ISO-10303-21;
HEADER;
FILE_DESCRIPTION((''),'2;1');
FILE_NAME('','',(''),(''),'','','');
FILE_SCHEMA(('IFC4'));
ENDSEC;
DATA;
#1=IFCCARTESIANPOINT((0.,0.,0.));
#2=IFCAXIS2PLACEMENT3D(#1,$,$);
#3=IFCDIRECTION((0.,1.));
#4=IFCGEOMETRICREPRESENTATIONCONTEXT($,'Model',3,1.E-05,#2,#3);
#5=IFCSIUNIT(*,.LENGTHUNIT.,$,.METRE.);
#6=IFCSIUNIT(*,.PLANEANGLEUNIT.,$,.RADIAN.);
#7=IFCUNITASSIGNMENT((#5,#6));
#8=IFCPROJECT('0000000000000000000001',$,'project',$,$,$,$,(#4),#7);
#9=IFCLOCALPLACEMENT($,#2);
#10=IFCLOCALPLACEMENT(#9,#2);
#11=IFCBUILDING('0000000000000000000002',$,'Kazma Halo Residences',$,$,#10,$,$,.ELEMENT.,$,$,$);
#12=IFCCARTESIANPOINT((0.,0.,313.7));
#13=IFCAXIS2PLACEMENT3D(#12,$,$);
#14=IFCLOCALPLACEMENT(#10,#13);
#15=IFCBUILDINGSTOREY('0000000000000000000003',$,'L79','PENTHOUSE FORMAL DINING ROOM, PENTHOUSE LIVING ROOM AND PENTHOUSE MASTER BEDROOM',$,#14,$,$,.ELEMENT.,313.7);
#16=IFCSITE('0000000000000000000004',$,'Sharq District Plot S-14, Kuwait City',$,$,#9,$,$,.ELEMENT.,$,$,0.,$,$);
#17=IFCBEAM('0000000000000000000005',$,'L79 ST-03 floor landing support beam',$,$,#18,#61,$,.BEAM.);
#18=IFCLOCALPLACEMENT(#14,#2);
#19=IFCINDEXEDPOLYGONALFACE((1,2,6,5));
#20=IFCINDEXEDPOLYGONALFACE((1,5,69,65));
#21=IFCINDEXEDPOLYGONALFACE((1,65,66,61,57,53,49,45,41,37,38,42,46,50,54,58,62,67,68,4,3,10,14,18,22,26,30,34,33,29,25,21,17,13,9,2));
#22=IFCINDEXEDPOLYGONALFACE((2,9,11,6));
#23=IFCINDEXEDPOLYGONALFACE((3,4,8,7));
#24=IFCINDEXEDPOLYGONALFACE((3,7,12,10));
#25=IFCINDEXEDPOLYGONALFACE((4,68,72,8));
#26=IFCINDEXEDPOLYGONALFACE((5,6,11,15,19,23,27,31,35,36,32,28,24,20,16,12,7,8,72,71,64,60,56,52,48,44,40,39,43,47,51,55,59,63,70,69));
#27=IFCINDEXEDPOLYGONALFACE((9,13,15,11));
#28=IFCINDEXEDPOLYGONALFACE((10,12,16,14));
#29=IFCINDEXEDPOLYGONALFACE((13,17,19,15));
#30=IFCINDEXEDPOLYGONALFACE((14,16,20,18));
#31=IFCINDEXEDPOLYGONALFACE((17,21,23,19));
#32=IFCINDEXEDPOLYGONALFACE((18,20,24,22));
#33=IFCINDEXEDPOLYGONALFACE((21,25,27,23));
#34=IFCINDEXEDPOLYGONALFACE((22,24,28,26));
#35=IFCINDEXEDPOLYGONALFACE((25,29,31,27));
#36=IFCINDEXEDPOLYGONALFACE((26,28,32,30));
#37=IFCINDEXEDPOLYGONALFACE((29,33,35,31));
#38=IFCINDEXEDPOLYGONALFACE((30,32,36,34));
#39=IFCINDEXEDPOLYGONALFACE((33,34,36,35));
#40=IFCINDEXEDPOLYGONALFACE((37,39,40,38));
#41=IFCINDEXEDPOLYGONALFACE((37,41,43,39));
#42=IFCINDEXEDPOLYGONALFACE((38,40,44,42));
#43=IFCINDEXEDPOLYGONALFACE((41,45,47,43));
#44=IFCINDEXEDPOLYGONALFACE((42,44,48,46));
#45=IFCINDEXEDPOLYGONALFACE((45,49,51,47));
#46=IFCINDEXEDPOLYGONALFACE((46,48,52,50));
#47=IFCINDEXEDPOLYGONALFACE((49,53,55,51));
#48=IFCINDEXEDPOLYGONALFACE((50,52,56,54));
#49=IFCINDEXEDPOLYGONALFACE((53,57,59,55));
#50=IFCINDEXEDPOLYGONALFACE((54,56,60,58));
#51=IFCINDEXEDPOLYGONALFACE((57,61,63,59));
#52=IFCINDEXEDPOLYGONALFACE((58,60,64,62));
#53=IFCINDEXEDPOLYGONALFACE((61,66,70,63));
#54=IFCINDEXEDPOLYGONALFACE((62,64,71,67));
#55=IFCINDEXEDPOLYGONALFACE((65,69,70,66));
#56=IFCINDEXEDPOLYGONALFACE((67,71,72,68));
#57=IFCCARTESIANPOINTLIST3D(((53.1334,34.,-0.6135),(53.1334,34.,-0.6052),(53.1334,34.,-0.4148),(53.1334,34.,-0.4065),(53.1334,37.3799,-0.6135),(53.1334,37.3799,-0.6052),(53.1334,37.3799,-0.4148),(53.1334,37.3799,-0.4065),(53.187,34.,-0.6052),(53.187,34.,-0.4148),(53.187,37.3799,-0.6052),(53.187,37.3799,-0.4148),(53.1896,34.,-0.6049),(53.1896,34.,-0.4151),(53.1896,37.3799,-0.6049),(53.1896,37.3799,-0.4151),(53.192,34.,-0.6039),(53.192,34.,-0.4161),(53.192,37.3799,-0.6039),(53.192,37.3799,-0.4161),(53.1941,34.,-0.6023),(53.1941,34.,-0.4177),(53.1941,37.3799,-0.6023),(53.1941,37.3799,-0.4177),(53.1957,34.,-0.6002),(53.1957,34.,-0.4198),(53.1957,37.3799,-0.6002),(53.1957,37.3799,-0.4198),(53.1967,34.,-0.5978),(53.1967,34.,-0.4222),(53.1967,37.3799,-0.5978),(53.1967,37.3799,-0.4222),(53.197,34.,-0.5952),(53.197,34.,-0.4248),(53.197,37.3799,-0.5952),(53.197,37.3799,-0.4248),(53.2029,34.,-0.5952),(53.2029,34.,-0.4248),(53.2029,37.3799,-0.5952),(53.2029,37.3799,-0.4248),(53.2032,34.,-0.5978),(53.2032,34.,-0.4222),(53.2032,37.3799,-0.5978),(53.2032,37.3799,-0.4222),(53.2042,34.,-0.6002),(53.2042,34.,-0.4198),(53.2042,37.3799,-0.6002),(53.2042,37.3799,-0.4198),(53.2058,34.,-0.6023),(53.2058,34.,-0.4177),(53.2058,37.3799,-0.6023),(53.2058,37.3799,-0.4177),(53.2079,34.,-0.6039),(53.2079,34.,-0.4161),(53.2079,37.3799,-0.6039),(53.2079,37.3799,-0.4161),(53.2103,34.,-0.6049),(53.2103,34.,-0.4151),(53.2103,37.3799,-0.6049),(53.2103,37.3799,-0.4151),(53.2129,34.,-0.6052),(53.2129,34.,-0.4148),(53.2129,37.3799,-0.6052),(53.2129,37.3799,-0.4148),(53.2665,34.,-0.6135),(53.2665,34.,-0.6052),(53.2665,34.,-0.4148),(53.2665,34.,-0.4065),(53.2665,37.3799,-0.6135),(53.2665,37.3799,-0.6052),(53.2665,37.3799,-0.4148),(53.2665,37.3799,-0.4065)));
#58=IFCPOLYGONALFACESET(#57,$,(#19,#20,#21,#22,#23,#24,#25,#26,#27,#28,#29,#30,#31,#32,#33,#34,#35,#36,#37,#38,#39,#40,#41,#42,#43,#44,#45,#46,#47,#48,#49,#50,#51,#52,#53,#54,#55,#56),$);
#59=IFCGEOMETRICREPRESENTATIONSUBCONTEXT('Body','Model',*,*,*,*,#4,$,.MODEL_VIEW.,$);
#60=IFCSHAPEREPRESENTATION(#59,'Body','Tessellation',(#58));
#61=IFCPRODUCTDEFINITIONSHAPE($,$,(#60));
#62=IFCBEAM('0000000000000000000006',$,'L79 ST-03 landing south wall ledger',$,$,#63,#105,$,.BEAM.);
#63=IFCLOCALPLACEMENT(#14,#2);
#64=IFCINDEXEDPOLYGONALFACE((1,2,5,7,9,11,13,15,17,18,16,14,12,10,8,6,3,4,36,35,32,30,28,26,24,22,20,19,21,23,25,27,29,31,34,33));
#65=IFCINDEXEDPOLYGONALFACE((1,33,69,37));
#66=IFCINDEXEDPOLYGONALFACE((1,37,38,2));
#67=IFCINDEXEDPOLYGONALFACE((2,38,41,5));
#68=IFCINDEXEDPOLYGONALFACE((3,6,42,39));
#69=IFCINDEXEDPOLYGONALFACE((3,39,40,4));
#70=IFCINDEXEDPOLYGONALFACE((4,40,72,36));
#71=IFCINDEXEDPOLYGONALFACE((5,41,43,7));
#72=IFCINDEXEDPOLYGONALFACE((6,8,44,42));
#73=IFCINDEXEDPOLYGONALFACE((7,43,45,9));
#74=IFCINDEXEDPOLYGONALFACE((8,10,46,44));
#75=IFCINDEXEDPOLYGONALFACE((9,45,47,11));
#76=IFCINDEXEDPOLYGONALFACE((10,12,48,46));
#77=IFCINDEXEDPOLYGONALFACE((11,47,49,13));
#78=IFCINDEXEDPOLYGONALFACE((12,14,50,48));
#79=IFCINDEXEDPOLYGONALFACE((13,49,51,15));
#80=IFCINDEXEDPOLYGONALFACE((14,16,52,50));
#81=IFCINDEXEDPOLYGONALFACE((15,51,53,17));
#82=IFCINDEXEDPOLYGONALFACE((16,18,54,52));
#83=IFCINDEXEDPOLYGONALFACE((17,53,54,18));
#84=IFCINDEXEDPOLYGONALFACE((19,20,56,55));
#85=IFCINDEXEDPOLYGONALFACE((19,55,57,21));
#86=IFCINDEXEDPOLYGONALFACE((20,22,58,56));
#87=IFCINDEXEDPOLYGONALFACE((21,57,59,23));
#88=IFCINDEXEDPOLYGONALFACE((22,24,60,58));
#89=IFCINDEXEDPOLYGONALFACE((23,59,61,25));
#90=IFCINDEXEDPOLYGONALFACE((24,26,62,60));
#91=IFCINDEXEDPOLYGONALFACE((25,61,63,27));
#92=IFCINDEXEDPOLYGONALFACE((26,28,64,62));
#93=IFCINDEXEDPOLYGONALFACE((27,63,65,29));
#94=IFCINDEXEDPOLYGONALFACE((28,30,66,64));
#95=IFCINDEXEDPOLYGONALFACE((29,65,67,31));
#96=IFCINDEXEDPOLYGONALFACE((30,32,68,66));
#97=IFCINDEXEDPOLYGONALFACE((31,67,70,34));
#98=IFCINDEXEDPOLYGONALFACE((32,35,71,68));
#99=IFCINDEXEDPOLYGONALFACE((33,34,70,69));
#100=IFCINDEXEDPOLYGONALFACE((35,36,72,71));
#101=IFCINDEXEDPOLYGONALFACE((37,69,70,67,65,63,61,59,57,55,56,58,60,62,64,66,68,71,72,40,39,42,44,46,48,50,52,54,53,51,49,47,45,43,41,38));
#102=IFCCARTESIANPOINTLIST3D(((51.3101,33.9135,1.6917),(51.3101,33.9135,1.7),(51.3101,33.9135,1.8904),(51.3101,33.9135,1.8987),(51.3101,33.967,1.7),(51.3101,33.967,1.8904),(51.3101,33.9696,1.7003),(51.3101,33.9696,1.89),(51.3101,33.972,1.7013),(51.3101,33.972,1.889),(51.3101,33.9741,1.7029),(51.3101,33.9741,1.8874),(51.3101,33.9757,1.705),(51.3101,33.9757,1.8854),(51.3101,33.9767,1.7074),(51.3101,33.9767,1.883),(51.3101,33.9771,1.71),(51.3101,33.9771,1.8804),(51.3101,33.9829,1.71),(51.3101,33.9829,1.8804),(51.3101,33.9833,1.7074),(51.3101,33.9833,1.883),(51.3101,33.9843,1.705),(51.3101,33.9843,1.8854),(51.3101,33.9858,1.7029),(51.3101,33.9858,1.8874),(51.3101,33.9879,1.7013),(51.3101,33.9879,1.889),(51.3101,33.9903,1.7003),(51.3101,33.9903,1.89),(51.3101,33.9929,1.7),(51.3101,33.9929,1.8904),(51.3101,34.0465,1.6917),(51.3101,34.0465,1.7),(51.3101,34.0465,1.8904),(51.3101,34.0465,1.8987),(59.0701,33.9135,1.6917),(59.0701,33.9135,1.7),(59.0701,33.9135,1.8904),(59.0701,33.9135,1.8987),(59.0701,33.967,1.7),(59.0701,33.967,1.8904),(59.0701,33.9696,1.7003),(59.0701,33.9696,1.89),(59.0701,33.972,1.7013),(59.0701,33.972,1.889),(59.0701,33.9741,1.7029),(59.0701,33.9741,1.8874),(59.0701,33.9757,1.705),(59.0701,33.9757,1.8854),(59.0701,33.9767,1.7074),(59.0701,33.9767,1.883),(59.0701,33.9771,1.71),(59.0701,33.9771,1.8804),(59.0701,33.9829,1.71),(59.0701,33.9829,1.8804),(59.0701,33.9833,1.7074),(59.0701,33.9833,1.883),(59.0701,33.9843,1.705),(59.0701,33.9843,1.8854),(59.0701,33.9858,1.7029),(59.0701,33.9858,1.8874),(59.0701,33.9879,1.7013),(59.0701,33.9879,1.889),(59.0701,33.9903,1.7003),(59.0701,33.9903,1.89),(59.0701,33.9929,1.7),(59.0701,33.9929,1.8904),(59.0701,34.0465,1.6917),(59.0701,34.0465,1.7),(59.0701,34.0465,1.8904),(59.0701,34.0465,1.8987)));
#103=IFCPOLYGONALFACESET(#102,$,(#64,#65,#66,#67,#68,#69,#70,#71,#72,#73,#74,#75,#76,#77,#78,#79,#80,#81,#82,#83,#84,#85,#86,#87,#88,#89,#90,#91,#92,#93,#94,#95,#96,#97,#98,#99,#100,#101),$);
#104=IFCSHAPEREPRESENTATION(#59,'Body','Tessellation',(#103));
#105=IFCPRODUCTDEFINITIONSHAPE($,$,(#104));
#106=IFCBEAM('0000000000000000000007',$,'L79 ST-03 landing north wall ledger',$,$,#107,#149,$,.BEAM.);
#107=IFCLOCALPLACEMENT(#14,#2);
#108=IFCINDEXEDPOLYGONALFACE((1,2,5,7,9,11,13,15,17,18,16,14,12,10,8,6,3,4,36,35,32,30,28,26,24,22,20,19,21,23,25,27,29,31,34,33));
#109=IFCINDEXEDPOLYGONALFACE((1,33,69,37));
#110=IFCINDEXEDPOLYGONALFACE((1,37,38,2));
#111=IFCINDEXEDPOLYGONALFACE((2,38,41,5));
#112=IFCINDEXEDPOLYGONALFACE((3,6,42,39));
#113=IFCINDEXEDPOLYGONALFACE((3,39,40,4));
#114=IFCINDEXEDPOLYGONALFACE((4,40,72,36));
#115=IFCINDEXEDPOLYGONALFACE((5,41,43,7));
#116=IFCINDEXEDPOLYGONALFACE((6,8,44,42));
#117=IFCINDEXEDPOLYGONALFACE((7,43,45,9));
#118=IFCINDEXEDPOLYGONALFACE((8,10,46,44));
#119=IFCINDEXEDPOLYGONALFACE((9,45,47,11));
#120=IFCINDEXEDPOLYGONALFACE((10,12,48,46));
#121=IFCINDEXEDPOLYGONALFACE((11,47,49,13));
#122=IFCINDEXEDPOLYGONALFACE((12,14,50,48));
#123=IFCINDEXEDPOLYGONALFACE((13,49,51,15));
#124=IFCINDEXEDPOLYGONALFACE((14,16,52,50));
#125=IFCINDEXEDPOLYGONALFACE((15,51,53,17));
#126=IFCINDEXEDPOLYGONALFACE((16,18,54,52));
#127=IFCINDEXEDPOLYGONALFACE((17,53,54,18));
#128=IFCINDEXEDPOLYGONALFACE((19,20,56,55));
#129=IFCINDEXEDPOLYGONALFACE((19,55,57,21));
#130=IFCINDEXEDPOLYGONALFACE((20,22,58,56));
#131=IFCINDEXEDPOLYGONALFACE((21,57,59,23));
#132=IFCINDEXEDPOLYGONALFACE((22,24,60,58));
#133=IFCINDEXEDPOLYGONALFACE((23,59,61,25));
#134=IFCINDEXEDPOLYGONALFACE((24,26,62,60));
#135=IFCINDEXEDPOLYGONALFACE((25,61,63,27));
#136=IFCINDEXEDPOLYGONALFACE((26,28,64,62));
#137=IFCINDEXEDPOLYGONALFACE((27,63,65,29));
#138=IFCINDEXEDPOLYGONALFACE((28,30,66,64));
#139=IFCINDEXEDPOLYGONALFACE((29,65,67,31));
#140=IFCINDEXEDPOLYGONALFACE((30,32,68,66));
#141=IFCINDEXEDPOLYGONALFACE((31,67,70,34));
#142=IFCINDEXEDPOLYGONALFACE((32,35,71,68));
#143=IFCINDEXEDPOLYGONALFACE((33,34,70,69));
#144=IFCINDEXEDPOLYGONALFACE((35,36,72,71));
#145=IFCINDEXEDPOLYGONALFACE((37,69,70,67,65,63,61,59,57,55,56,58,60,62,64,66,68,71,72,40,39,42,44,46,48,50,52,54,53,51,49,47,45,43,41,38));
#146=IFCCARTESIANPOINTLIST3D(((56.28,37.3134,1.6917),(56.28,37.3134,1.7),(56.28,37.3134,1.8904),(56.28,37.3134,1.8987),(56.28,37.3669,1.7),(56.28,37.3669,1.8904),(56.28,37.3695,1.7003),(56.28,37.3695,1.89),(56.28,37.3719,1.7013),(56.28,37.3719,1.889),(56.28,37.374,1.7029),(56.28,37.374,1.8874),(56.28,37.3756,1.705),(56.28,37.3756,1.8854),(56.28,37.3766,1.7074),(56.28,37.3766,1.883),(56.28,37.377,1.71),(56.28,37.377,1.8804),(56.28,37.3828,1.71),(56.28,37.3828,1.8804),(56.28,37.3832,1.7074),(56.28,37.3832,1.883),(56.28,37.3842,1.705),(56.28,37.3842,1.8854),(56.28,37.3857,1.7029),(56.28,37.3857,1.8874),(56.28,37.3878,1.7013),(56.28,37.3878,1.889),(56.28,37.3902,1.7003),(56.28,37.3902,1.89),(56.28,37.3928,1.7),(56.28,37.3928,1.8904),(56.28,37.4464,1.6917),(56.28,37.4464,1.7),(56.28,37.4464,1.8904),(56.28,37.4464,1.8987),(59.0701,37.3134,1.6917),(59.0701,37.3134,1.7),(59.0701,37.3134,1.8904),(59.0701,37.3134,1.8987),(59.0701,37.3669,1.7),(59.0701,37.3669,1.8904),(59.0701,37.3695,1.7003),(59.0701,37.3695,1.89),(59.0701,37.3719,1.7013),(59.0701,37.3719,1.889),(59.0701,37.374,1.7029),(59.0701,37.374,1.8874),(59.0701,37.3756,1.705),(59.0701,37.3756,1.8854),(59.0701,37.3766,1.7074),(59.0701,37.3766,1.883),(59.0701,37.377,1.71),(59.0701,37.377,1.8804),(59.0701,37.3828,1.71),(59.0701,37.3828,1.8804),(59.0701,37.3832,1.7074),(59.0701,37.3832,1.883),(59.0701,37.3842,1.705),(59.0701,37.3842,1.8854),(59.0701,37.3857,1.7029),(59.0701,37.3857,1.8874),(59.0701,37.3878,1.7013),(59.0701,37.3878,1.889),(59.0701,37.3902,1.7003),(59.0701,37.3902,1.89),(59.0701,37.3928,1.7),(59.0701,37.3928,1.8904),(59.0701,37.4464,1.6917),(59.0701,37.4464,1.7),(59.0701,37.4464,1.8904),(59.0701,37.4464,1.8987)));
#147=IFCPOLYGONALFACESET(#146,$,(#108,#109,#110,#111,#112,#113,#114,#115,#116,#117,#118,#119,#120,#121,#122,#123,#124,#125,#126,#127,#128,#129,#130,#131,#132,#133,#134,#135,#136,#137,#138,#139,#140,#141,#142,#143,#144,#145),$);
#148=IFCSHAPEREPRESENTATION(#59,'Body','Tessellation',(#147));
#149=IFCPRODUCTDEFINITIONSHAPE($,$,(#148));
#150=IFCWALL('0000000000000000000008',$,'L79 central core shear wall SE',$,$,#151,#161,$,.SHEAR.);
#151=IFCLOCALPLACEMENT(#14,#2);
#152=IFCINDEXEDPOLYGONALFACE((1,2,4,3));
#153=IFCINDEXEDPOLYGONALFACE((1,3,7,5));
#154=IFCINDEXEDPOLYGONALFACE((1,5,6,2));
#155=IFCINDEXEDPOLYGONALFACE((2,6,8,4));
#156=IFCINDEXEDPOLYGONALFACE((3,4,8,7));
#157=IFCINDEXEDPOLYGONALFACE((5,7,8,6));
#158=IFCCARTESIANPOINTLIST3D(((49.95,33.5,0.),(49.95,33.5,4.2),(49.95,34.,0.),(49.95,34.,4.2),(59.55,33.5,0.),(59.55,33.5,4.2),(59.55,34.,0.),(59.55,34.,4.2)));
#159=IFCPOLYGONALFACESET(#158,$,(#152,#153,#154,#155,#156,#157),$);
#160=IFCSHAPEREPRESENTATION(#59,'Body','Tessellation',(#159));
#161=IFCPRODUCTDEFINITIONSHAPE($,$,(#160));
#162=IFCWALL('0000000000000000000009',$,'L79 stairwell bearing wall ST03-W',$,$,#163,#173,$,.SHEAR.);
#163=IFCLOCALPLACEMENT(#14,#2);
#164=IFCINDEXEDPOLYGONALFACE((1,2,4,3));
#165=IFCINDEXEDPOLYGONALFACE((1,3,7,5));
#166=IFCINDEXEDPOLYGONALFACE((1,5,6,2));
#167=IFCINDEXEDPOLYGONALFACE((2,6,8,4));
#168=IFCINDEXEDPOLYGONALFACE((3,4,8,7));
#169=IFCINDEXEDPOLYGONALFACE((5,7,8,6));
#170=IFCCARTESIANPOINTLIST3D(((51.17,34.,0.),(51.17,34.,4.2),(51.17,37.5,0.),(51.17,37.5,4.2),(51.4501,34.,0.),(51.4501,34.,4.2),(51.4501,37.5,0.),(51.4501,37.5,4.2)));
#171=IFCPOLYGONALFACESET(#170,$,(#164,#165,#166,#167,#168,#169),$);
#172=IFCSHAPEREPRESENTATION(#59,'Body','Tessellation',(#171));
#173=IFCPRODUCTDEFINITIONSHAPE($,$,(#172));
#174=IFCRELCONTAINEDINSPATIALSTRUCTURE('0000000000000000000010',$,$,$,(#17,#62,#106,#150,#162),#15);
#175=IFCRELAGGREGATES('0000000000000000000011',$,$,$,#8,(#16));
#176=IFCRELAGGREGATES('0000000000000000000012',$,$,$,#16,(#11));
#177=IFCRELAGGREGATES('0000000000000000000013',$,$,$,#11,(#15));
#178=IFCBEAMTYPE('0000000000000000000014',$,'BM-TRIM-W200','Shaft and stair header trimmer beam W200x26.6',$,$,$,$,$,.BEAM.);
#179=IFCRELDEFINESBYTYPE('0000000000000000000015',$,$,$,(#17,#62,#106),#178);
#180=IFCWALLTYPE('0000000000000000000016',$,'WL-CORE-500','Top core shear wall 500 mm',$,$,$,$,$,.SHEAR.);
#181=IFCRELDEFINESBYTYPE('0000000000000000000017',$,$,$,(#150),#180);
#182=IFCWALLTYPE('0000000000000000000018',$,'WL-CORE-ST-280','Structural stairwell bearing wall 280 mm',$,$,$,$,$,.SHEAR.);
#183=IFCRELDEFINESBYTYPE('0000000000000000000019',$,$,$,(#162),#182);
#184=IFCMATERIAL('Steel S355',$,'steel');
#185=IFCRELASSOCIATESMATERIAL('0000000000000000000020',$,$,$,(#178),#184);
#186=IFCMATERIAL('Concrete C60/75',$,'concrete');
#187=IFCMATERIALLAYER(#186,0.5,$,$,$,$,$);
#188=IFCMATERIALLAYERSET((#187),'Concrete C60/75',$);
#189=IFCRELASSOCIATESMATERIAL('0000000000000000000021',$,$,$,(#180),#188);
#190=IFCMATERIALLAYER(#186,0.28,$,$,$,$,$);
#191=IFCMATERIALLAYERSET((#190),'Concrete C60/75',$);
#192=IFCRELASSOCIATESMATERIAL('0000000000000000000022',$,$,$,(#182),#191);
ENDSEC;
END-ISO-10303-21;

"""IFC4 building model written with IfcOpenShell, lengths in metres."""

from ifc_helpers import new_model, si_unit, direction, frame, frame_2d, origin, origin_2d, place, context, subcontext, project, spatial, rectangle, i_section, extrude, material, layer, layer_set, material_profile, profile_set, type_object, element, save


model = new_model("IFC4")

# Units and contexts
model_context = context("Model", 3, precision=1e-05, world=origin(), true_north=direction((0.0, 1.0)))
body_context = subcontext(model_context, "Body", "Model", "MODEL_VIEW")
ifc_project = project(units=[si_unit("LENGTHUNIT", "METRE"), si_unit("PLANEANGLEUNIT", "RADIAN")], contexts=[model_context])

# Site, building, storey
site_placement = place(None, origin())
site = spatial("IfcSite", under=ifc_project, at=site_placement, Name="Sharq District Plot S-14, Kuwait City", CompositionType="ELEMENT", RefElevation=0.0)
building_placement = place(site_placement, origin())
building = spatial("IfcBuilding", under=site, at=building_placement, Name="Kazma Halo Residences", CompositionType="ELEMENT")
storey_placement = place(building_placement, frame((0.0, 0.0, 313.7)))
storey = spatial("IfcBuildingStorey", under=building, at=storey_placement, Name="L79", Description="PENTHOUSE FORMAL DINING ROOM, PENTHOUSE LIVING ROOM AND PENTHOUSE MASTER BEDROOM", CompositionType="ELEMENT", Elevation=313.7)

# Shared definitions
ifc_material_1 = material(Name="Steel S355", Category="steel")

# Beams
ifc_material_profile_1 = material_profile(ifc_material_1, i_section(OverallWidth=0.1331, OverallDepth=0.207, WebThickness=0.0059, FlangeThickness=0.0083, FilletRadius=0.01, at=origin_2d()), Name="W200x26.6")
ifc_profile_set_1 = profile_set([ifc_material_profile_1], Name="Steel S355")
beam_type_1 = type_object("IfcBeamType", Name="BM-TRIM-W200", Description="Shaft and stair header trimmer beam W200x26.6", PredefinedType="BEAM", material=ifc_profile_set_1)
beam_1_placement = place(storey_placement, frame((53.2, 34.0, -0.51), z_axis=(0.0, 1.0, 0.0), x_axis=(-1.0, 0.0, 0.0)))
element("IfcBeam", 1, at=beam_1_placement, inside=storey, type_object=beam_type_1, Name="L79 ST-03 floor landing support beam", PredefinedType="BEAM", context=body_context, shape_type="SweptSolid", body=[
    extrude(i_section(OverallWidth=0.1331, OverallDepth=0.207, WebThickness=0.0059, FlangeThickness=0.0083, FilletRadius=0.01, at=origin_2d()), origin(), (0.0, 0.0, 1.0), 3.3799),
])
beam_2_placement = place(storey_placement, frame((51.3101, 33.98, 1.7952), z_axis=(1.0, 0.0, 0.0), x_axis=(0.0, 1.0, 0.0)))
element("IfcBeam", 2, at=beam_2_placement, inside=storey, type_object=beam_type_1, Name="L79 ST-03 landing south wall ledger", PredefinedType="BEAM", context=body_context, shape_type="SweptSolid", body=[
    extrude(i_section(OverallWidth=0.1331, OverallDepth=0.207, WebThickness=0.0059, FlangeThickness=0.0083, FilletRadius=0.01, at=origin_2d()), origin(), (0.0, 0.0, 1.0), 7.76),
])
beam_3_placement = place(storey_placement, frame((56.28, 37.3799, 1.7952), z_axis=(1.0, 0.0, 0.0), x_axis=(0.0, 1.0, 0.0)))
element("IfcBeam", 3, at=beam_3_placement, inside=storey, type_object=beam_type_1, Name="L79 ST-03 landing north wall ledger", PredefinedType="BEAM", context=body_context, shape_type="SweptSolid", body=[
    extrude(i_section(OverallWidth=0.1331, OverallDepth=0.207, WebThickness=0.0059, FlangeThickness=0.0083, FilletRadius=0.01, at=origin_2d()), origin(), (0.0, 0.0, 1.0), 2.79),
])

# Walls
ifc_material_2 = material(Name="Concrete C60/75", Category="concrete")
ifc_layer_1 = layer(ifc_material_2, 0.5)
ifc_layer_set_1 = layer_set([ifc_layer_1], Name="Concrete C60/75")
wall_type_1 = type_object("IfcWallType", Name="WL-CORE-500", Description="Top core shear wall 500 mm", PredefinedType="SHEAR", material=ifc_layer_set_1)
wall_1_placement = place(storey_placement, frame((49.95, 33.75, 0.0), z_axis=(0.0, 0.0, 1.0), x_axis=(1.0, 0.0, 0.0)))
element("IfcWall", 4, at=wall_1_placement, inside=storey, type_object=wall_type_1, Name="L79 central core shear wall SE", PredefinedType="SHEAR", context=body_context, shape_type="SweptSolid", body=[
    extrude(rectangle(XDim=9.6001, YDim=0.5, at=frame_2d((4.8, 0.0))), origin(), (0.0, 0.0, 1.0), 4.2),
])
ifc_layer_2 = layer(ifc_material_2, 0.28)
ifc_layer_set_2 = layer_set([ifc_layer_2], Name="Concrete C60/75")
wall_type_2 = type_object("IfcWallType", Name="WL-CORE-ST-280", Description="Structural stairwell bearing wall 280 mm", PredefinedType="SHEAR", material=ifc_layer_set_2)
wall_2_placement = place(storey_placement, frame((51.3101, 34.0, 0.0), z_axis=(0.0, 0.0, 1.0), x_axis=(0.0, 1.0, 0.0)))
element("IfcWall", 5, at=wall_2_placement, inside=storey, type_object=wall_type_2, Name="L79 stairwell bearing wall ST03-W", PredefinedType="SHEAR", context=body_context, shape_type="SweptSolid", body=[
    extrude(rectangle(XDim=3.5, YDim=0.28, at=frame_2d((1.75, 0.0))), origin(), (0.0, 0.0, 1.0), 4.2),
])

save(model, "model.ifc")
